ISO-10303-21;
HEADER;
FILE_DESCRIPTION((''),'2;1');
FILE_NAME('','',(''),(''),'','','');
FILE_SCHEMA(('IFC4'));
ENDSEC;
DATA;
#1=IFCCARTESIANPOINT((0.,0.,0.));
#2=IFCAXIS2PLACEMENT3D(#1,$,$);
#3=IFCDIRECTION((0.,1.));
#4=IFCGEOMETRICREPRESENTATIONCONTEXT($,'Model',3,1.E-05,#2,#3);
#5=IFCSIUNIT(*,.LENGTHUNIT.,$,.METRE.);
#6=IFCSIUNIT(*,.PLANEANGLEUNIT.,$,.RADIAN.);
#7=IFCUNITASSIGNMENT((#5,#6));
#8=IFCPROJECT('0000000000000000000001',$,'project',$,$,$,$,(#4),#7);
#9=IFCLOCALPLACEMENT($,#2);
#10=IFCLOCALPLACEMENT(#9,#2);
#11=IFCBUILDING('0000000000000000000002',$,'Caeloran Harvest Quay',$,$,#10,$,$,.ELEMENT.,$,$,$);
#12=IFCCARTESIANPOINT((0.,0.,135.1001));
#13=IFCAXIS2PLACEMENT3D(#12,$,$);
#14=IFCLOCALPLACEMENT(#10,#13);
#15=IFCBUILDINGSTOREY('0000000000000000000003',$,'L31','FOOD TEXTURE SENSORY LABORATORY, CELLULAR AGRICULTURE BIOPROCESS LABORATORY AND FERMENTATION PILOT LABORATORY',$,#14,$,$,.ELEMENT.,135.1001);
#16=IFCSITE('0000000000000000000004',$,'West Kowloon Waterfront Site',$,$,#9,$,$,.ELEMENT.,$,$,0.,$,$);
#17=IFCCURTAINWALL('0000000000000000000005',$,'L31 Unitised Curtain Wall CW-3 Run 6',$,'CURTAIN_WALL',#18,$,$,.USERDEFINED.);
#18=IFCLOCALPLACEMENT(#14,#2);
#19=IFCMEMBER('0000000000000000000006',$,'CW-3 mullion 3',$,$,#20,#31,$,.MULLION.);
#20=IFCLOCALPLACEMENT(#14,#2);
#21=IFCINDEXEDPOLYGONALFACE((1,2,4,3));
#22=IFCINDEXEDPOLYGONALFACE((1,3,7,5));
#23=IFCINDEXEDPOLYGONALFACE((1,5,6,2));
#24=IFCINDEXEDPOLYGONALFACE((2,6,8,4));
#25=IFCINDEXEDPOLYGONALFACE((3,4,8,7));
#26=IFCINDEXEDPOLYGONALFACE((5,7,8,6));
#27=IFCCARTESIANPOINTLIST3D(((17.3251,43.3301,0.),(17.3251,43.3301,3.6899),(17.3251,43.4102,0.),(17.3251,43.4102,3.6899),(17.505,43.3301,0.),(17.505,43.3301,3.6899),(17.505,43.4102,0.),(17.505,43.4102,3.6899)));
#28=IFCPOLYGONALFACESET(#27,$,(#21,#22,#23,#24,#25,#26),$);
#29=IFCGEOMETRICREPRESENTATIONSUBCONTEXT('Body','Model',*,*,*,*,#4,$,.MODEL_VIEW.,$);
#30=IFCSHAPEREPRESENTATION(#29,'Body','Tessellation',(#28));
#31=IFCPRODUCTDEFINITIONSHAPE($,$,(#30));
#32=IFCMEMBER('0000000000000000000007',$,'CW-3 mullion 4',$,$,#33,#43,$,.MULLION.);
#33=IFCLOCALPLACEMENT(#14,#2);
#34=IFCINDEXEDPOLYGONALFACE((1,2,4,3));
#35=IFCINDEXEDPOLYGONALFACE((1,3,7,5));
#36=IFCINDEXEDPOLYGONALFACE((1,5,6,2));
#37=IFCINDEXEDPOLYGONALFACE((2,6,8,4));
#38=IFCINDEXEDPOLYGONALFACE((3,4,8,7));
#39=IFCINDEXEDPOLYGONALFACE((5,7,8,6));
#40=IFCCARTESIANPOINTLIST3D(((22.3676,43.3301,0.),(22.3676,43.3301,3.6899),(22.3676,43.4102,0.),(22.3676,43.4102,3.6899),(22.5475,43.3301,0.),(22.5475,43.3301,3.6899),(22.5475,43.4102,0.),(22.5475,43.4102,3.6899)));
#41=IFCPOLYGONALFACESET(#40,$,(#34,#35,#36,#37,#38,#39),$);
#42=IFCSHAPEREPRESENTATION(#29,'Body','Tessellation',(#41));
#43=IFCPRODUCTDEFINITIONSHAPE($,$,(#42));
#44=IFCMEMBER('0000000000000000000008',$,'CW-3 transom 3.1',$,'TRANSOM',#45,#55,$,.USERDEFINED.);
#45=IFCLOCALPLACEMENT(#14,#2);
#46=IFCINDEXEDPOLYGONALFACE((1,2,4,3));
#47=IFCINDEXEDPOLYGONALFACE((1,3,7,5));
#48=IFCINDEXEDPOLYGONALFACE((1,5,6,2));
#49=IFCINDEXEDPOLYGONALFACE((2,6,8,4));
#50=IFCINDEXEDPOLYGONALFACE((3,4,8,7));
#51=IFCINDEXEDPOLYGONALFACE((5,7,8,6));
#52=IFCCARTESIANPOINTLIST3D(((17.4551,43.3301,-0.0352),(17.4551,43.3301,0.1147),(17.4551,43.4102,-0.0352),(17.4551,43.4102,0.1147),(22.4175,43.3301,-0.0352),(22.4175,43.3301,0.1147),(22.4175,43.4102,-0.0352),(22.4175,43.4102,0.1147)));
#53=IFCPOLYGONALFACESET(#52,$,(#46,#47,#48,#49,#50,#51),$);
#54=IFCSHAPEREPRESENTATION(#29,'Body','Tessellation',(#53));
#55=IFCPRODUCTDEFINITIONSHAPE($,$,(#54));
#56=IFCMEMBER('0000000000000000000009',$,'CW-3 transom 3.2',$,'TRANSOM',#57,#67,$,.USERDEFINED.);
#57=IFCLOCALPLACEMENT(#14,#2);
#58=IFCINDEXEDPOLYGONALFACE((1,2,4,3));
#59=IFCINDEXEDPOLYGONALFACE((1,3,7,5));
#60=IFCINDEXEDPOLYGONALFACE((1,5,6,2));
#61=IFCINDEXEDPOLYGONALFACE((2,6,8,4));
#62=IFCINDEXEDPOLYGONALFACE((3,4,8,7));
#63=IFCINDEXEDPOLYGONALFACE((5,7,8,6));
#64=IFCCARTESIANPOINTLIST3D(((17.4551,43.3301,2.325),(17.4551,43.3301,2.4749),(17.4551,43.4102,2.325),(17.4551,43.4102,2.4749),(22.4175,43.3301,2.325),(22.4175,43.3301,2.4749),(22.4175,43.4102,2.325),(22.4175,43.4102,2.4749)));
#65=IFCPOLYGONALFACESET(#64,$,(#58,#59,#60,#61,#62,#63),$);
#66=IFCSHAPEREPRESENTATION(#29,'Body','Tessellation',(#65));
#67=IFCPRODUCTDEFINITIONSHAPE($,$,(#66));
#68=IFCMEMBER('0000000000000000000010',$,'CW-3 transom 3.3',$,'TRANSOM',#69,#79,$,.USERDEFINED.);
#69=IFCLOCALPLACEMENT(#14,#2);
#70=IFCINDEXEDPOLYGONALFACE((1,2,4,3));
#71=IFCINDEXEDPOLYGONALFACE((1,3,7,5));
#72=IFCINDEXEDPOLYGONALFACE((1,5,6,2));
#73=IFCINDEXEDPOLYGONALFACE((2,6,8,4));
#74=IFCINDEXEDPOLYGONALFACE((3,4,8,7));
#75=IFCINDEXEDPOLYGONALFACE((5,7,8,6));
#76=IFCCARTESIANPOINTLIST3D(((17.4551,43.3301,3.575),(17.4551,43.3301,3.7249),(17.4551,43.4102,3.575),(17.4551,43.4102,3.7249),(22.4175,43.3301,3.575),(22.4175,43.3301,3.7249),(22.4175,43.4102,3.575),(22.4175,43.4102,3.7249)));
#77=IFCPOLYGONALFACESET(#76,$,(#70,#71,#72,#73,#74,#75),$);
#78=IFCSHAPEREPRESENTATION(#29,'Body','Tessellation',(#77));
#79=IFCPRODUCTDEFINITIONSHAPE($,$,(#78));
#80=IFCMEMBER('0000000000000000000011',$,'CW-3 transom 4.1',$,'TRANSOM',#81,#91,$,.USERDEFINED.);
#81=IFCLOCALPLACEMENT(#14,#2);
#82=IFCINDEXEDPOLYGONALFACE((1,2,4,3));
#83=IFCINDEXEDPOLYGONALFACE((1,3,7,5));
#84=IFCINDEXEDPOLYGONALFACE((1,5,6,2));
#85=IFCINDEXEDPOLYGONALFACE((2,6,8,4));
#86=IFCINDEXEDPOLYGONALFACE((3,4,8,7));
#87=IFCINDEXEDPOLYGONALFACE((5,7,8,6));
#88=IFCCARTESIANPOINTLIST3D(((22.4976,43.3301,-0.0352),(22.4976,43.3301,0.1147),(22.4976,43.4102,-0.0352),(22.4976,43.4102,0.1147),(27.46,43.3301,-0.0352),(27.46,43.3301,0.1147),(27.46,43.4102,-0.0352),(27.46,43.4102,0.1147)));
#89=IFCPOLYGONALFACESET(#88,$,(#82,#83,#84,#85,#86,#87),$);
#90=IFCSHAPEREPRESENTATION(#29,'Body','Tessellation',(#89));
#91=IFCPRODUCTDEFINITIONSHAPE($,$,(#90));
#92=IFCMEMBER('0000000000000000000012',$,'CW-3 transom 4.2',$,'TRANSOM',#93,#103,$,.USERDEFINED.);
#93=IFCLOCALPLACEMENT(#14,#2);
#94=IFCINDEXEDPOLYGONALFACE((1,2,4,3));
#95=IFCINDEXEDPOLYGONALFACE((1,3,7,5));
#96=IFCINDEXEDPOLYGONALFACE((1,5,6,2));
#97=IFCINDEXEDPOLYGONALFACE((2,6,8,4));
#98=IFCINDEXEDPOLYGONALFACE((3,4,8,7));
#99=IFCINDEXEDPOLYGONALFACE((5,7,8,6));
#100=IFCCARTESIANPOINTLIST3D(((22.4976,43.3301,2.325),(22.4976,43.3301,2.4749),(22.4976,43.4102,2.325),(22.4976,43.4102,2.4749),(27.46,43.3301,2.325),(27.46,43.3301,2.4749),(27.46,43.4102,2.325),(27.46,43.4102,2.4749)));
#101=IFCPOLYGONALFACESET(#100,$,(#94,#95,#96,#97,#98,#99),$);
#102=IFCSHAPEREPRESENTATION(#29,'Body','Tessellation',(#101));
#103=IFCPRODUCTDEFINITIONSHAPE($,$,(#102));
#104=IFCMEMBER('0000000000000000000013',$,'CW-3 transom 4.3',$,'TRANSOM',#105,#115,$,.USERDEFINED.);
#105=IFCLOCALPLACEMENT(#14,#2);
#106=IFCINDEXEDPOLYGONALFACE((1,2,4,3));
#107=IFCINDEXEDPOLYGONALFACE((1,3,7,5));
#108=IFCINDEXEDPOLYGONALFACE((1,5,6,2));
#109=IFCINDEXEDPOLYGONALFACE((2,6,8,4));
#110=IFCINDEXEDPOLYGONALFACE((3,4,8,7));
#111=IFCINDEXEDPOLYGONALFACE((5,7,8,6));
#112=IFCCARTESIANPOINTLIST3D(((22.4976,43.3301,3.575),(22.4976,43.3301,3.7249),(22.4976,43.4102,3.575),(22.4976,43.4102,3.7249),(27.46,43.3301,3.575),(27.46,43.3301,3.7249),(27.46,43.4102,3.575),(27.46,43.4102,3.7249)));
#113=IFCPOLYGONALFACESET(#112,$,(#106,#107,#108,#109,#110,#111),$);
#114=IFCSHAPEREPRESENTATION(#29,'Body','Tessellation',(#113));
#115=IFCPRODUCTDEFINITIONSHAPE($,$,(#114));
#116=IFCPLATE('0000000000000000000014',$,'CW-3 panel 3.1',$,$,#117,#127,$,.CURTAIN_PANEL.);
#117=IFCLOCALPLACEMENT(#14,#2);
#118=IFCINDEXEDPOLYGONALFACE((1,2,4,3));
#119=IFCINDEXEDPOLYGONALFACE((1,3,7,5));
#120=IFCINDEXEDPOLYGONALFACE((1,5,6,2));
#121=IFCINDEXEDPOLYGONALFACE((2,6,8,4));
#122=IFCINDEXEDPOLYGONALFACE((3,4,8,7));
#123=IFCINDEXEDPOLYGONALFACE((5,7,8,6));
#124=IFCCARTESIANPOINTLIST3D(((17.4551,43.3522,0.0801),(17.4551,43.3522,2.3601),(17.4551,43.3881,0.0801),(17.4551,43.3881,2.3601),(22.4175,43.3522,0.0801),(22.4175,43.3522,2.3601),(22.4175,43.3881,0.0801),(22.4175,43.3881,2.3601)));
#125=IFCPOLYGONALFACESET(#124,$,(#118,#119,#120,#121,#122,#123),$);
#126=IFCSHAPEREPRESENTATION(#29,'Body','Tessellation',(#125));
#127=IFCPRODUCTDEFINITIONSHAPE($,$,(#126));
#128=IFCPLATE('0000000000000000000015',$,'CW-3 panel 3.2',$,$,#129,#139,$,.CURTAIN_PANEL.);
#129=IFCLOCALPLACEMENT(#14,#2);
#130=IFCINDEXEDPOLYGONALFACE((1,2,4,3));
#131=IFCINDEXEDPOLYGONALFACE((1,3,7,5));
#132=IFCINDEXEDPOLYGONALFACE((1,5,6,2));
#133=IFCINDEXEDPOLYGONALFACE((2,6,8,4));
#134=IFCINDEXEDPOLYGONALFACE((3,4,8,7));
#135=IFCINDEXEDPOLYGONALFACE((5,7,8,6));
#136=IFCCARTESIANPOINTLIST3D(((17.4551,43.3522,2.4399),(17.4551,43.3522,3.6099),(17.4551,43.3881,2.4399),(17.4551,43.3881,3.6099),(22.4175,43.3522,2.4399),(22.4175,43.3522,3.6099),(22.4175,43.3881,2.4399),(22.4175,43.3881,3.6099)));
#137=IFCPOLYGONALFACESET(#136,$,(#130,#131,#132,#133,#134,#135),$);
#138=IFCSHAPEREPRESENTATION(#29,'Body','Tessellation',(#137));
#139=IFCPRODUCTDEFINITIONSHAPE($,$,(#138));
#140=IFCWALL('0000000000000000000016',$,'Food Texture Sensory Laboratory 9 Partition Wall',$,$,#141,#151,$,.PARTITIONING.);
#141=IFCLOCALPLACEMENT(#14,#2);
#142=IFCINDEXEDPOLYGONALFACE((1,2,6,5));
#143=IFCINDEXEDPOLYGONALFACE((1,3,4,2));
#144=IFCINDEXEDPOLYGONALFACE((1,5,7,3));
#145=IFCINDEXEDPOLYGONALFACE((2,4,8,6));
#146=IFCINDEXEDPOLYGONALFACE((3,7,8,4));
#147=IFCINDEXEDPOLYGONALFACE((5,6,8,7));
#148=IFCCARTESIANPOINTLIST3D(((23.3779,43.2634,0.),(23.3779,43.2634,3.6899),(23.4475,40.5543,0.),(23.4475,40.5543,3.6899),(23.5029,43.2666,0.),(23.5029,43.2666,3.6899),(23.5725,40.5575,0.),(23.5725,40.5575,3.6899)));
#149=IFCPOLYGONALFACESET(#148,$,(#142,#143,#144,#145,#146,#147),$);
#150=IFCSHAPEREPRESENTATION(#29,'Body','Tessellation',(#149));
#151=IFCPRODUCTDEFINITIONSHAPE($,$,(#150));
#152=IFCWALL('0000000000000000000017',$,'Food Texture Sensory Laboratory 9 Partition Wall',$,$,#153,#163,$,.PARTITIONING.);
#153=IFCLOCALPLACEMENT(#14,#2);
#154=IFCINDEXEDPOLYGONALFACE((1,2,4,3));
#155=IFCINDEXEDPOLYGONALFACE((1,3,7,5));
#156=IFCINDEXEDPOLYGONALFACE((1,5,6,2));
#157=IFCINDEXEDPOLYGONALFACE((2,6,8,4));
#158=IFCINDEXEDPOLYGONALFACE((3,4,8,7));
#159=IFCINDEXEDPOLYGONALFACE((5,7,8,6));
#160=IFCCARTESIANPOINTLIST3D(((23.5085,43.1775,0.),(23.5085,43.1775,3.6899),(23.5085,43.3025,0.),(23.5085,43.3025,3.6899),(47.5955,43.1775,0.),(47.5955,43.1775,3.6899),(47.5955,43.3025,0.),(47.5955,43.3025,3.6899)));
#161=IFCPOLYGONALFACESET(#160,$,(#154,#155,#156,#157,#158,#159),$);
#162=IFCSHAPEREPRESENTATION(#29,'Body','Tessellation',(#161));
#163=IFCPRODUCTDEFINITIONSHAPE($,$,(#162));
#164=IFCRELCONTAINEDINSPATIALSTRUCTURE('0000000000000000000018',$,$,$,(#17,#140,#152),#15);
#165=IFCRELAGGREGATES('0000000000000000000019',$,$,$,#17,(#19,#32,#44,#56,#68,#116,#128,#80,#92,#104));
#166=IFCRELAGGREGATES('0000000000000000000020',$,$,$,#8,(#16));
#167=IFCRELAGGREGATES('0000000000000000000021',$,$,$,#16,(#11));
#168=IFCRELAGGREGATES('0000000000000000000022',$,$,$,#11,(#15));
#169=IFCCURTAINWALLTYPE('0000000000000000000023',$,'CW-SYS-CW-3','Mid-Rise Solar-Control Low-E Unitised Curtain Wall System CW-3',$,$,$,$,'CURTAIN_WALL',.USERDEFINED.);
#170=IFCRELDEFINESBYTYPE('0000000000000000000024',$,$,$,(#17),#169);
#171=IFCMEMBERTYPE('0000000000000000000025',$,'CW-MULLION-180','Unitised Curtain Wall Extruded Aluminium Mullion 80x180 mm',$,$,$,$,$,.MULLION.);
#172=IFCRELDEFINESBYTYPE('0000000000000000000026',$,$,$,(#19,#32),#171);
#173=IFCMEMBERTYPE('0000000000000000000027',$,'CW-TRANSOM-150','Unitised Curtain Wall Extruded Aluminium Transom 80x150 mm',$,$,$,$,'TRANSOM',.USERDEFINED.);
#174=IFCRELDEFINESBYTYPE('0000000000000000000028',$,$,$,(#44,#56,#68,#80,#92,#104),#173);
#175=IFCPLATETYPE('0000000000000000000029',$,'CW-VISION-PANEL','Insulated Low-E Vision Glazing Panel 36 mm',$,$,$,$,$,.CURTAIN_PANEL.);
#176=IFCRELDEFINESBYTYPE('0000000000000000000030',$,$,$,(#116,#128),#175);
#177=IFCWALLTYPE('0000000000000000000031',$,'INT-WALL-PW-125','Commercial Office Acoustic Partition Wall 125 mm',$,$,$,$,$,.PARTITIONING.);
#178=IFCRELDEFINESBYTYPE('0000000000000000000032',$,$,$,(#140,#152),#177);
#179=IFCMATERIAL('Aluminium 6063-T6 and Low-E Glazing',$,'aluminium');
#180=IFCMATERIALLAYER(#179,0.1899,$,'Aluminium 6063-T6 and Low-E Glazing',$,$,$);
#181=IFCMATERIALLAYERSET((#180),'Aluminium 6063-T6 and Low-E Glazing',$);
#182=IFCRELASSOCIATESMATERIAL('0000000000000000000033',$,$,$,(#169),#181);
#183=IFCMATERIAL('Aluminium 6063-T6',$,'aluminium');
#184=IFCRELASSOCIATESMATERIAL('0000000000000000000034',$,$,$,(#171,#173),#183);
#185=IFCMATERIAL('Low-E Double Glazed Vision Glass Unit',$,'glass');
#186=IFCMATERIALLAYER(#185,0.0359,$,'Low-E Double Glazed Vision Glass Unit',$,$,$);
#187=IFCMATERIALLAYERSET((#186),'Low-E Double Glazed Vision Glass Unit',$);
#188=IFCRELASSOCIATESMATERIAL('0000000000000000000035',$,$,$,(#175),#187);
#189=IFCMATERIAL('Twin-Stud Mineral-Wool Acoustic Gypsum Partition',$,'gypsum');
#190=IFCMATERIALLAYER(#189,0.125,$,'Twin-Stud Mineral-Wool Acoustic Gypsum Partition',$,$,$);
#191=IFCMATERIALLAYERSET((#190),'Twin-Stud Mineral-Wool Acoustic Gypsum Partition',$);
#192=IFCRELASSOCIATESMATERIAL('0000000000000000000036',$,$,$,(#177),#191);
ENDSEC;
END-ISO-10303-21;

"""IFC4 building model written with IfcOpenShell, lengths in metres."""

from ifc_helpers import new_model, si_unit, direction, frame, frame_2d, origin, origin_2d, place, context, subcontext, project, spatial, rectangle, extrude, material, layer, layer_set, material_profile, profile_set, type_object, element, aggregate, save


model = new_model("IFC4")

# Units and contexts
model_context = context("Model", 3, precision=1e-05, world=origin(), true_north=direction((0.0, 1.0)))
body_context = subcontext(model_context, "Body", "Model", "MODEL_VIEW")
ifc_project = project(units=[si_unit("LENGTHUNIT", "METRE"), si_unit("PLANEANGLEUNIT", "RADIAN")], contexts=[model_context])

# Site, building, storey
site_placement = place(None, origin())
site = spatial("IfcSite", under=ifc_project, at=site_placement, Name="West Kowloon Waterfront Site", CompositionType="ELEMENT", RefElevation=0.0)
building_placement = place(site_placement, origin())
building = spatial("IfcBuilding", under=site, at=building_placement, Name="Caeloran Harvest Quay", CompositionType="ELEMENT")
storey_placement = place(building_placement, frame((0.0, 0.0, 135.1001)))
storey = spatial("IfcBuildingStorey", under=building, at=storey_placement, Name="L31", Description="FOOD TEXTURE SENSORY LABORATORY, CELLULAR AGRICULTURE BIOPROCESS LABORATORY AND FERMENTATION PILOT LABORATORY", CompositionType="ELEMENT", Elevation=135.1001)

# Curtain wall, members, plates
ifc_material_1 = material(Name="Aluminium 6063-T6 and Low-E Glazing", Category="aluminium")
ifc_layer_1 = layer(ifc_material_1, 0.1899, Name="Aluminium 6063-T6 and Low-E Glazing")
ifc_layer_set_1 = layer_set([ifc_layer_1], Name="Aluminium 6063-T6 and Low-E Glazing")
curtain_wall_type = type_object("IfcCurtainWallType", Name="CW-SYS-CW-3", Description="Mid-Rise Solar-Control Low-E Unitised Curtain Wall System CW-3", ElementType="CURTAIN_WALL", PredefinedType="USERDEFINED", material=ifc_layer_set_1)
curtain_wall_placement = place(storey_placement, origin())
curtain_wall = element("IfcCurtainWall", 1, at=curtain_wall_placement, inside=storey, type_object=curtain_wall_type, Name="L31 Unitised Curtain Wall CW-3 Run 6", ObjectType="CURTAIN_WALL", PredefinedType="USERDEFINED")
ifc_material_2 = material(Name="Aluminium 6063-T6", Category="aluminium")
ifc_material_profile_1 = material_profile(ifc_material_2, rectangle(XDim=0.0801, YDim=0.1799, at=origin_2d()), Name="CW-MULLION-180")
ifc_profile_set_1 = profile_set([ifc_material_profile_1], Name="Aluminium 6063-T6")
member_type_1 = type_object("IfcMemberType", Name="CW-MULLION-180", Description="Unitised Curtain Wall Extruded Aluminium Mullion 80x180 mm", PredefinedType="MULLION", material=ifc_profile_set_1)
member_1_placement = place(storey_placement, frame((17.415, 43.3701, 0.0), z_axis=(0.0, 0.0, 1.0), x_axis=(0.0, 1.0, 0.0)))
member_1 = element("IfcMember", 2, at=member_1_placement, type_object=member_type_1, Name="CW-3 mullion 3", PredefinedType="MULLION", context=body_context, shape_type="SweptSolid", body=[
    extrude(rectangle(XDim=0.0801, YDim=0.1799, at=origin_2d()), origin(), (0.0, 0.0, 1.0), 3.6899),
])
member_2_placement = place(storey_placement, frame((22.4575, 43.3701, 0.0), z_axis=(0.0, 0.0, 1.0), x_axis=(0.0, 1.0, 0.0)))
member_2 = element("IfcMember", 3, at=member_2_placement, type_object=member_type_1, Name="CW-3 mullion 4", PredefinedType="MULLION", context=body_context, shape_type="SweptSolid", body=[
    extrude(rectangle(XDim=0.0801, YDim=0.1799, at=origin_2d()), origin(), (0.0, 0.0, 1.0), 3.6899),
])
ifc_material_profile_2 = material_profile(ifc_material_2, rectangle(XDim=0.0801, YDim=0.1499, at=origin_2d()), Name="CW-TRANSOM-150")
ifc_profile_set_2 = profile_set([ifc_material_profile_2], Name="Aluminium 6063-T6")
member_type_2 = type_object("IfcMemberType", Name="CW-TRANSOM-150", Description="Unitised Curtain Wall Extruded Aluminium Transom 80x150 mm", ElementType="TRANSOM", PredefinedType="USERDEFINED", material=ifc_profile_set_2)
member_3_placement = place(storey_placement, frame((17.4551, 43.3701, 0.0398), z_axis=(1.0, 0.0, 0.0), x_axis=(0.0, 1.0, 0.0)))
member_3 = element("IfcMember", 4, at=member_3_placement, type_object=member_type_2, Name="CW-3 transom 3.1", ObjectType="TRANSOM", PredefinedType="USERDEFINED", context=body_context, shape_type="SweptSolid", body=[
    extrude(rectangle(XDim=0.0801, YDim=0.1499, at=origin_2d()), origin(), (0.0, 0.0, 1.0), 4.9624),
])
member_4_placement = place(storey_placement, frame((17.4551, 43.3701, 2.3999), z_axis=(1.0, 0.0, 0.0), x_axis=(0.0, 1.0, 0.0)))
member_4 = element("IfcMember", 5, at=member_4_placement, type_object=member_type_2, Name="CW-3 transom 3.2", ObjectType="TRANSOM", PredefinedType="USERDEFINED", context=body_context, shape_type="SweptSolid", body=[
    extrude(rectangle(XDim=0.0801, YDim=0.1499, at=origin_2d()), origin(), (0.0, 0.0, 1.0), 4.9624),
])
member_5_placement = place(storey_placement, frame((17.4551, 43.3701, 3.6499), z_axis=(1.0, 0.0, 0.0), x_axis=(0.0, 1.0, 0.0)))
member_5 = element("IfcMember", 6, at=member_5_placement, type_object=member_type_2, Name="CW-3 transom 3.3", ObjectType="TRANSOM", PredefinedType="USERDEFINED", context=body_context, shape_type="SweptSolid", body=[
    extrude(rectangle(XDim=0.0801, YDim=0.1499, at=origin_2d()), origin(), (0.0, 0.0, 1.0), 4.9624),
])
member_6_placement = place(storey_placement, frame((22.4976, 43.3701, 0.0398), z_axis=(1.0, 0.0, 0.0), x_axis=(0.0, 1.0, 0.0)))
member_6 = element("IfcMember", 7, at=member_6_placement, type_object=member_type_2, Name="CW-3 transom 4.1", ObjectType="TRANSOM", PredefinedType="USERDEFINED", context=body_context, shape_type="SweptSolid", body=[
    extrude(rectangle(XDim=0.0801, YDim=0.1499, at=origin_2d()), origin(), (0.0, 0.0, 1.0), 4.9624),
])
member_7_placement = place(storey_placement, frame((22.4976, 43.3701, 2.3999), z_axis=(1.0, 0.0, 0.0), x_axis=(0.0, 1.0, 0.0)))
member_7 = element("IfcMember", 8, at=member_7_placement, type_object=member_type_2, Name="CW-3 transom 4.2", ObjectType="TRANSOM", PredefinedType="USERDEFINED", context=body_context, shape_type="SweptSolid", body=[
    extrude(rectangle(XDim=0.0801, YDim=0.1499, at=origin_2d()), origin(), (0.0, 0.0, 1.0), 4.9624),
])
member_8_placement = place(storey_placement, frame((22.4976, 43.3701, 3.6499), z_axis=(1.0, 0.0, 0.0), x_axis=(0.0, 1.0, 0.0)))
member_8 = element("IfcMember", 9, at=member_8_placement, type_object=member_type_2, Name="CW-3 transom 4.3", ObjectType="TRANSOM", PredefinedType="USERDEFINED", context=body_context, shape_type="SweptSolid", body=[
    extrude(rectangle(XDim=0.0801, YDim=0.1499, at=origin_2d()), origin(), (0.0, 0.0, 1.0), 4.9624),
])
ifc_material_3 = material(Name="Low-E Double Glazed Vision Glass Unit", Category="glass")
ifc_layer_2 = layer(ifc_material_3, 0.0359, Name="Low-E Double Glazed Vision Glass Unit")
ifc_layer_set_2 = layer_set([ifc_layer_2], Name="Low-E Double Glazed Vision Glass Unit")
plate_type = type_object("IfcPlateType", Name="CW-VISION-PANEL", Description="Insulated Low-E Vision Glazing Panel 36 mm", PredefinedType="CURTAIN_PANEL", material=ifc_layer_set_2)
plate_1_placement = place(storey_placement, frame((19.9363, 43.3701, 0.0801), z_axis=(0.0, 0.0, 1.0), x_axis=(1.0, 0.0, 0.0)))
plate_1 = element("IfcPlate", 10, at=plate_1_placement, type_object=plate_type, Name="CW-3 panel 3.1", PredefinedType="CURTAIN_PANEL", context=body_context, shape_type="SweptSolid", body=[
    extrude(rectangle(XDim=4.9624, YDim=0.0359, at=origin_2d()), origin(), (0.0, 0.0, 1.0), 2.28),
])
plate_2_placement = place(storey_placement, frame((19.9363, 43.3701, 2.4399), z_axis=(0.0, 0.0, 1.0), x_axis=(1.0, 0.0, 0.0)))
plate_2 = element("IfcPlate", 11, at=plate_2_placement, type_object=plate_type, Name="CW-3 panel 3.2", PredefinedType="CURTAIN_PANEL", context=body_context, shape_type="SweptSolid", body=[
    extrude(rectangle(XDim=4.9624, YDim=0.0359, at=origin_2d()), origin(), (0.0, 0.0, 1.0), 1.1699),
])
aggregate(curtain_wall, [member_1, member_2, member_3, member_4, member_5, plate_1, plate_2, member_6, member_7, member_8])

# Walls
ifc_material_4 = material(Name="Twin-Stud Mineral-Wool Acoustic Gypsum Partition", Category="gypsum")
ifc_layer_3 = layer(ifc_material_4, 0.125, Name="Twin-Stud Mineral-Wool Acoustic Gypsum Partition")
ifc_layer_set_3 = layer_set([ifc_layer_3], Name="Twin-Stud Mineral-Wool Acoustic Gypsum Partition")
wall_type = type_object("IfcWallType", Name="INT-WALL-PW-125", Description="Commercial Office Acoustic Partition Wall 125 mm", PredefinedType="PARTITIONING", material=ifc_layer_set_3)
wall_1_placement = place(storey_placement, frame((23.51, 40.5559, 0.0), z_axis=(0.0, 0.0, 1.0), x_axis=(-0.025676, 0.99967, 0.0)))
element("IfcWall", 12, at=wall_1_placement, inside=storey, type_object=wall_type, Name="Food Texture Sensory Laboratory 9 Partition Wall", PredefinedType="PARTITIONING", context=body_context, shape_type="SweptSolid", body=[
    extrude(rectangle(XDim=2.71, YDim=0.125, at=frame_2d((1.355, 0.0))), origin(), (0.0, 0.0, 1.0), 3.6899),
])
wall_2_placement = place(storey_placement, frame((23.5085, 43.24, 0.0), z_axis=(0.0, 0.0, 1.0), x_axis=(1.0, 0.0, 0.0)))
element("IfcWall", 13, at=wall_2_placement, inside=storey, type_object=wall_type, Name="Food Texture Sensory Laboratory 9 Partition Wall", PredefinedType="PARTITIONING", context=body_context, shape_type="SweptSolid", body=[
    extrude(rectangle(XDim=24.0869, YDim=0.125, at=frame_2d((12.0435, 0.0))), origin(), (0.0, 0.0, 1.0), 3.6899),
])

save(model, "model.ifc")
